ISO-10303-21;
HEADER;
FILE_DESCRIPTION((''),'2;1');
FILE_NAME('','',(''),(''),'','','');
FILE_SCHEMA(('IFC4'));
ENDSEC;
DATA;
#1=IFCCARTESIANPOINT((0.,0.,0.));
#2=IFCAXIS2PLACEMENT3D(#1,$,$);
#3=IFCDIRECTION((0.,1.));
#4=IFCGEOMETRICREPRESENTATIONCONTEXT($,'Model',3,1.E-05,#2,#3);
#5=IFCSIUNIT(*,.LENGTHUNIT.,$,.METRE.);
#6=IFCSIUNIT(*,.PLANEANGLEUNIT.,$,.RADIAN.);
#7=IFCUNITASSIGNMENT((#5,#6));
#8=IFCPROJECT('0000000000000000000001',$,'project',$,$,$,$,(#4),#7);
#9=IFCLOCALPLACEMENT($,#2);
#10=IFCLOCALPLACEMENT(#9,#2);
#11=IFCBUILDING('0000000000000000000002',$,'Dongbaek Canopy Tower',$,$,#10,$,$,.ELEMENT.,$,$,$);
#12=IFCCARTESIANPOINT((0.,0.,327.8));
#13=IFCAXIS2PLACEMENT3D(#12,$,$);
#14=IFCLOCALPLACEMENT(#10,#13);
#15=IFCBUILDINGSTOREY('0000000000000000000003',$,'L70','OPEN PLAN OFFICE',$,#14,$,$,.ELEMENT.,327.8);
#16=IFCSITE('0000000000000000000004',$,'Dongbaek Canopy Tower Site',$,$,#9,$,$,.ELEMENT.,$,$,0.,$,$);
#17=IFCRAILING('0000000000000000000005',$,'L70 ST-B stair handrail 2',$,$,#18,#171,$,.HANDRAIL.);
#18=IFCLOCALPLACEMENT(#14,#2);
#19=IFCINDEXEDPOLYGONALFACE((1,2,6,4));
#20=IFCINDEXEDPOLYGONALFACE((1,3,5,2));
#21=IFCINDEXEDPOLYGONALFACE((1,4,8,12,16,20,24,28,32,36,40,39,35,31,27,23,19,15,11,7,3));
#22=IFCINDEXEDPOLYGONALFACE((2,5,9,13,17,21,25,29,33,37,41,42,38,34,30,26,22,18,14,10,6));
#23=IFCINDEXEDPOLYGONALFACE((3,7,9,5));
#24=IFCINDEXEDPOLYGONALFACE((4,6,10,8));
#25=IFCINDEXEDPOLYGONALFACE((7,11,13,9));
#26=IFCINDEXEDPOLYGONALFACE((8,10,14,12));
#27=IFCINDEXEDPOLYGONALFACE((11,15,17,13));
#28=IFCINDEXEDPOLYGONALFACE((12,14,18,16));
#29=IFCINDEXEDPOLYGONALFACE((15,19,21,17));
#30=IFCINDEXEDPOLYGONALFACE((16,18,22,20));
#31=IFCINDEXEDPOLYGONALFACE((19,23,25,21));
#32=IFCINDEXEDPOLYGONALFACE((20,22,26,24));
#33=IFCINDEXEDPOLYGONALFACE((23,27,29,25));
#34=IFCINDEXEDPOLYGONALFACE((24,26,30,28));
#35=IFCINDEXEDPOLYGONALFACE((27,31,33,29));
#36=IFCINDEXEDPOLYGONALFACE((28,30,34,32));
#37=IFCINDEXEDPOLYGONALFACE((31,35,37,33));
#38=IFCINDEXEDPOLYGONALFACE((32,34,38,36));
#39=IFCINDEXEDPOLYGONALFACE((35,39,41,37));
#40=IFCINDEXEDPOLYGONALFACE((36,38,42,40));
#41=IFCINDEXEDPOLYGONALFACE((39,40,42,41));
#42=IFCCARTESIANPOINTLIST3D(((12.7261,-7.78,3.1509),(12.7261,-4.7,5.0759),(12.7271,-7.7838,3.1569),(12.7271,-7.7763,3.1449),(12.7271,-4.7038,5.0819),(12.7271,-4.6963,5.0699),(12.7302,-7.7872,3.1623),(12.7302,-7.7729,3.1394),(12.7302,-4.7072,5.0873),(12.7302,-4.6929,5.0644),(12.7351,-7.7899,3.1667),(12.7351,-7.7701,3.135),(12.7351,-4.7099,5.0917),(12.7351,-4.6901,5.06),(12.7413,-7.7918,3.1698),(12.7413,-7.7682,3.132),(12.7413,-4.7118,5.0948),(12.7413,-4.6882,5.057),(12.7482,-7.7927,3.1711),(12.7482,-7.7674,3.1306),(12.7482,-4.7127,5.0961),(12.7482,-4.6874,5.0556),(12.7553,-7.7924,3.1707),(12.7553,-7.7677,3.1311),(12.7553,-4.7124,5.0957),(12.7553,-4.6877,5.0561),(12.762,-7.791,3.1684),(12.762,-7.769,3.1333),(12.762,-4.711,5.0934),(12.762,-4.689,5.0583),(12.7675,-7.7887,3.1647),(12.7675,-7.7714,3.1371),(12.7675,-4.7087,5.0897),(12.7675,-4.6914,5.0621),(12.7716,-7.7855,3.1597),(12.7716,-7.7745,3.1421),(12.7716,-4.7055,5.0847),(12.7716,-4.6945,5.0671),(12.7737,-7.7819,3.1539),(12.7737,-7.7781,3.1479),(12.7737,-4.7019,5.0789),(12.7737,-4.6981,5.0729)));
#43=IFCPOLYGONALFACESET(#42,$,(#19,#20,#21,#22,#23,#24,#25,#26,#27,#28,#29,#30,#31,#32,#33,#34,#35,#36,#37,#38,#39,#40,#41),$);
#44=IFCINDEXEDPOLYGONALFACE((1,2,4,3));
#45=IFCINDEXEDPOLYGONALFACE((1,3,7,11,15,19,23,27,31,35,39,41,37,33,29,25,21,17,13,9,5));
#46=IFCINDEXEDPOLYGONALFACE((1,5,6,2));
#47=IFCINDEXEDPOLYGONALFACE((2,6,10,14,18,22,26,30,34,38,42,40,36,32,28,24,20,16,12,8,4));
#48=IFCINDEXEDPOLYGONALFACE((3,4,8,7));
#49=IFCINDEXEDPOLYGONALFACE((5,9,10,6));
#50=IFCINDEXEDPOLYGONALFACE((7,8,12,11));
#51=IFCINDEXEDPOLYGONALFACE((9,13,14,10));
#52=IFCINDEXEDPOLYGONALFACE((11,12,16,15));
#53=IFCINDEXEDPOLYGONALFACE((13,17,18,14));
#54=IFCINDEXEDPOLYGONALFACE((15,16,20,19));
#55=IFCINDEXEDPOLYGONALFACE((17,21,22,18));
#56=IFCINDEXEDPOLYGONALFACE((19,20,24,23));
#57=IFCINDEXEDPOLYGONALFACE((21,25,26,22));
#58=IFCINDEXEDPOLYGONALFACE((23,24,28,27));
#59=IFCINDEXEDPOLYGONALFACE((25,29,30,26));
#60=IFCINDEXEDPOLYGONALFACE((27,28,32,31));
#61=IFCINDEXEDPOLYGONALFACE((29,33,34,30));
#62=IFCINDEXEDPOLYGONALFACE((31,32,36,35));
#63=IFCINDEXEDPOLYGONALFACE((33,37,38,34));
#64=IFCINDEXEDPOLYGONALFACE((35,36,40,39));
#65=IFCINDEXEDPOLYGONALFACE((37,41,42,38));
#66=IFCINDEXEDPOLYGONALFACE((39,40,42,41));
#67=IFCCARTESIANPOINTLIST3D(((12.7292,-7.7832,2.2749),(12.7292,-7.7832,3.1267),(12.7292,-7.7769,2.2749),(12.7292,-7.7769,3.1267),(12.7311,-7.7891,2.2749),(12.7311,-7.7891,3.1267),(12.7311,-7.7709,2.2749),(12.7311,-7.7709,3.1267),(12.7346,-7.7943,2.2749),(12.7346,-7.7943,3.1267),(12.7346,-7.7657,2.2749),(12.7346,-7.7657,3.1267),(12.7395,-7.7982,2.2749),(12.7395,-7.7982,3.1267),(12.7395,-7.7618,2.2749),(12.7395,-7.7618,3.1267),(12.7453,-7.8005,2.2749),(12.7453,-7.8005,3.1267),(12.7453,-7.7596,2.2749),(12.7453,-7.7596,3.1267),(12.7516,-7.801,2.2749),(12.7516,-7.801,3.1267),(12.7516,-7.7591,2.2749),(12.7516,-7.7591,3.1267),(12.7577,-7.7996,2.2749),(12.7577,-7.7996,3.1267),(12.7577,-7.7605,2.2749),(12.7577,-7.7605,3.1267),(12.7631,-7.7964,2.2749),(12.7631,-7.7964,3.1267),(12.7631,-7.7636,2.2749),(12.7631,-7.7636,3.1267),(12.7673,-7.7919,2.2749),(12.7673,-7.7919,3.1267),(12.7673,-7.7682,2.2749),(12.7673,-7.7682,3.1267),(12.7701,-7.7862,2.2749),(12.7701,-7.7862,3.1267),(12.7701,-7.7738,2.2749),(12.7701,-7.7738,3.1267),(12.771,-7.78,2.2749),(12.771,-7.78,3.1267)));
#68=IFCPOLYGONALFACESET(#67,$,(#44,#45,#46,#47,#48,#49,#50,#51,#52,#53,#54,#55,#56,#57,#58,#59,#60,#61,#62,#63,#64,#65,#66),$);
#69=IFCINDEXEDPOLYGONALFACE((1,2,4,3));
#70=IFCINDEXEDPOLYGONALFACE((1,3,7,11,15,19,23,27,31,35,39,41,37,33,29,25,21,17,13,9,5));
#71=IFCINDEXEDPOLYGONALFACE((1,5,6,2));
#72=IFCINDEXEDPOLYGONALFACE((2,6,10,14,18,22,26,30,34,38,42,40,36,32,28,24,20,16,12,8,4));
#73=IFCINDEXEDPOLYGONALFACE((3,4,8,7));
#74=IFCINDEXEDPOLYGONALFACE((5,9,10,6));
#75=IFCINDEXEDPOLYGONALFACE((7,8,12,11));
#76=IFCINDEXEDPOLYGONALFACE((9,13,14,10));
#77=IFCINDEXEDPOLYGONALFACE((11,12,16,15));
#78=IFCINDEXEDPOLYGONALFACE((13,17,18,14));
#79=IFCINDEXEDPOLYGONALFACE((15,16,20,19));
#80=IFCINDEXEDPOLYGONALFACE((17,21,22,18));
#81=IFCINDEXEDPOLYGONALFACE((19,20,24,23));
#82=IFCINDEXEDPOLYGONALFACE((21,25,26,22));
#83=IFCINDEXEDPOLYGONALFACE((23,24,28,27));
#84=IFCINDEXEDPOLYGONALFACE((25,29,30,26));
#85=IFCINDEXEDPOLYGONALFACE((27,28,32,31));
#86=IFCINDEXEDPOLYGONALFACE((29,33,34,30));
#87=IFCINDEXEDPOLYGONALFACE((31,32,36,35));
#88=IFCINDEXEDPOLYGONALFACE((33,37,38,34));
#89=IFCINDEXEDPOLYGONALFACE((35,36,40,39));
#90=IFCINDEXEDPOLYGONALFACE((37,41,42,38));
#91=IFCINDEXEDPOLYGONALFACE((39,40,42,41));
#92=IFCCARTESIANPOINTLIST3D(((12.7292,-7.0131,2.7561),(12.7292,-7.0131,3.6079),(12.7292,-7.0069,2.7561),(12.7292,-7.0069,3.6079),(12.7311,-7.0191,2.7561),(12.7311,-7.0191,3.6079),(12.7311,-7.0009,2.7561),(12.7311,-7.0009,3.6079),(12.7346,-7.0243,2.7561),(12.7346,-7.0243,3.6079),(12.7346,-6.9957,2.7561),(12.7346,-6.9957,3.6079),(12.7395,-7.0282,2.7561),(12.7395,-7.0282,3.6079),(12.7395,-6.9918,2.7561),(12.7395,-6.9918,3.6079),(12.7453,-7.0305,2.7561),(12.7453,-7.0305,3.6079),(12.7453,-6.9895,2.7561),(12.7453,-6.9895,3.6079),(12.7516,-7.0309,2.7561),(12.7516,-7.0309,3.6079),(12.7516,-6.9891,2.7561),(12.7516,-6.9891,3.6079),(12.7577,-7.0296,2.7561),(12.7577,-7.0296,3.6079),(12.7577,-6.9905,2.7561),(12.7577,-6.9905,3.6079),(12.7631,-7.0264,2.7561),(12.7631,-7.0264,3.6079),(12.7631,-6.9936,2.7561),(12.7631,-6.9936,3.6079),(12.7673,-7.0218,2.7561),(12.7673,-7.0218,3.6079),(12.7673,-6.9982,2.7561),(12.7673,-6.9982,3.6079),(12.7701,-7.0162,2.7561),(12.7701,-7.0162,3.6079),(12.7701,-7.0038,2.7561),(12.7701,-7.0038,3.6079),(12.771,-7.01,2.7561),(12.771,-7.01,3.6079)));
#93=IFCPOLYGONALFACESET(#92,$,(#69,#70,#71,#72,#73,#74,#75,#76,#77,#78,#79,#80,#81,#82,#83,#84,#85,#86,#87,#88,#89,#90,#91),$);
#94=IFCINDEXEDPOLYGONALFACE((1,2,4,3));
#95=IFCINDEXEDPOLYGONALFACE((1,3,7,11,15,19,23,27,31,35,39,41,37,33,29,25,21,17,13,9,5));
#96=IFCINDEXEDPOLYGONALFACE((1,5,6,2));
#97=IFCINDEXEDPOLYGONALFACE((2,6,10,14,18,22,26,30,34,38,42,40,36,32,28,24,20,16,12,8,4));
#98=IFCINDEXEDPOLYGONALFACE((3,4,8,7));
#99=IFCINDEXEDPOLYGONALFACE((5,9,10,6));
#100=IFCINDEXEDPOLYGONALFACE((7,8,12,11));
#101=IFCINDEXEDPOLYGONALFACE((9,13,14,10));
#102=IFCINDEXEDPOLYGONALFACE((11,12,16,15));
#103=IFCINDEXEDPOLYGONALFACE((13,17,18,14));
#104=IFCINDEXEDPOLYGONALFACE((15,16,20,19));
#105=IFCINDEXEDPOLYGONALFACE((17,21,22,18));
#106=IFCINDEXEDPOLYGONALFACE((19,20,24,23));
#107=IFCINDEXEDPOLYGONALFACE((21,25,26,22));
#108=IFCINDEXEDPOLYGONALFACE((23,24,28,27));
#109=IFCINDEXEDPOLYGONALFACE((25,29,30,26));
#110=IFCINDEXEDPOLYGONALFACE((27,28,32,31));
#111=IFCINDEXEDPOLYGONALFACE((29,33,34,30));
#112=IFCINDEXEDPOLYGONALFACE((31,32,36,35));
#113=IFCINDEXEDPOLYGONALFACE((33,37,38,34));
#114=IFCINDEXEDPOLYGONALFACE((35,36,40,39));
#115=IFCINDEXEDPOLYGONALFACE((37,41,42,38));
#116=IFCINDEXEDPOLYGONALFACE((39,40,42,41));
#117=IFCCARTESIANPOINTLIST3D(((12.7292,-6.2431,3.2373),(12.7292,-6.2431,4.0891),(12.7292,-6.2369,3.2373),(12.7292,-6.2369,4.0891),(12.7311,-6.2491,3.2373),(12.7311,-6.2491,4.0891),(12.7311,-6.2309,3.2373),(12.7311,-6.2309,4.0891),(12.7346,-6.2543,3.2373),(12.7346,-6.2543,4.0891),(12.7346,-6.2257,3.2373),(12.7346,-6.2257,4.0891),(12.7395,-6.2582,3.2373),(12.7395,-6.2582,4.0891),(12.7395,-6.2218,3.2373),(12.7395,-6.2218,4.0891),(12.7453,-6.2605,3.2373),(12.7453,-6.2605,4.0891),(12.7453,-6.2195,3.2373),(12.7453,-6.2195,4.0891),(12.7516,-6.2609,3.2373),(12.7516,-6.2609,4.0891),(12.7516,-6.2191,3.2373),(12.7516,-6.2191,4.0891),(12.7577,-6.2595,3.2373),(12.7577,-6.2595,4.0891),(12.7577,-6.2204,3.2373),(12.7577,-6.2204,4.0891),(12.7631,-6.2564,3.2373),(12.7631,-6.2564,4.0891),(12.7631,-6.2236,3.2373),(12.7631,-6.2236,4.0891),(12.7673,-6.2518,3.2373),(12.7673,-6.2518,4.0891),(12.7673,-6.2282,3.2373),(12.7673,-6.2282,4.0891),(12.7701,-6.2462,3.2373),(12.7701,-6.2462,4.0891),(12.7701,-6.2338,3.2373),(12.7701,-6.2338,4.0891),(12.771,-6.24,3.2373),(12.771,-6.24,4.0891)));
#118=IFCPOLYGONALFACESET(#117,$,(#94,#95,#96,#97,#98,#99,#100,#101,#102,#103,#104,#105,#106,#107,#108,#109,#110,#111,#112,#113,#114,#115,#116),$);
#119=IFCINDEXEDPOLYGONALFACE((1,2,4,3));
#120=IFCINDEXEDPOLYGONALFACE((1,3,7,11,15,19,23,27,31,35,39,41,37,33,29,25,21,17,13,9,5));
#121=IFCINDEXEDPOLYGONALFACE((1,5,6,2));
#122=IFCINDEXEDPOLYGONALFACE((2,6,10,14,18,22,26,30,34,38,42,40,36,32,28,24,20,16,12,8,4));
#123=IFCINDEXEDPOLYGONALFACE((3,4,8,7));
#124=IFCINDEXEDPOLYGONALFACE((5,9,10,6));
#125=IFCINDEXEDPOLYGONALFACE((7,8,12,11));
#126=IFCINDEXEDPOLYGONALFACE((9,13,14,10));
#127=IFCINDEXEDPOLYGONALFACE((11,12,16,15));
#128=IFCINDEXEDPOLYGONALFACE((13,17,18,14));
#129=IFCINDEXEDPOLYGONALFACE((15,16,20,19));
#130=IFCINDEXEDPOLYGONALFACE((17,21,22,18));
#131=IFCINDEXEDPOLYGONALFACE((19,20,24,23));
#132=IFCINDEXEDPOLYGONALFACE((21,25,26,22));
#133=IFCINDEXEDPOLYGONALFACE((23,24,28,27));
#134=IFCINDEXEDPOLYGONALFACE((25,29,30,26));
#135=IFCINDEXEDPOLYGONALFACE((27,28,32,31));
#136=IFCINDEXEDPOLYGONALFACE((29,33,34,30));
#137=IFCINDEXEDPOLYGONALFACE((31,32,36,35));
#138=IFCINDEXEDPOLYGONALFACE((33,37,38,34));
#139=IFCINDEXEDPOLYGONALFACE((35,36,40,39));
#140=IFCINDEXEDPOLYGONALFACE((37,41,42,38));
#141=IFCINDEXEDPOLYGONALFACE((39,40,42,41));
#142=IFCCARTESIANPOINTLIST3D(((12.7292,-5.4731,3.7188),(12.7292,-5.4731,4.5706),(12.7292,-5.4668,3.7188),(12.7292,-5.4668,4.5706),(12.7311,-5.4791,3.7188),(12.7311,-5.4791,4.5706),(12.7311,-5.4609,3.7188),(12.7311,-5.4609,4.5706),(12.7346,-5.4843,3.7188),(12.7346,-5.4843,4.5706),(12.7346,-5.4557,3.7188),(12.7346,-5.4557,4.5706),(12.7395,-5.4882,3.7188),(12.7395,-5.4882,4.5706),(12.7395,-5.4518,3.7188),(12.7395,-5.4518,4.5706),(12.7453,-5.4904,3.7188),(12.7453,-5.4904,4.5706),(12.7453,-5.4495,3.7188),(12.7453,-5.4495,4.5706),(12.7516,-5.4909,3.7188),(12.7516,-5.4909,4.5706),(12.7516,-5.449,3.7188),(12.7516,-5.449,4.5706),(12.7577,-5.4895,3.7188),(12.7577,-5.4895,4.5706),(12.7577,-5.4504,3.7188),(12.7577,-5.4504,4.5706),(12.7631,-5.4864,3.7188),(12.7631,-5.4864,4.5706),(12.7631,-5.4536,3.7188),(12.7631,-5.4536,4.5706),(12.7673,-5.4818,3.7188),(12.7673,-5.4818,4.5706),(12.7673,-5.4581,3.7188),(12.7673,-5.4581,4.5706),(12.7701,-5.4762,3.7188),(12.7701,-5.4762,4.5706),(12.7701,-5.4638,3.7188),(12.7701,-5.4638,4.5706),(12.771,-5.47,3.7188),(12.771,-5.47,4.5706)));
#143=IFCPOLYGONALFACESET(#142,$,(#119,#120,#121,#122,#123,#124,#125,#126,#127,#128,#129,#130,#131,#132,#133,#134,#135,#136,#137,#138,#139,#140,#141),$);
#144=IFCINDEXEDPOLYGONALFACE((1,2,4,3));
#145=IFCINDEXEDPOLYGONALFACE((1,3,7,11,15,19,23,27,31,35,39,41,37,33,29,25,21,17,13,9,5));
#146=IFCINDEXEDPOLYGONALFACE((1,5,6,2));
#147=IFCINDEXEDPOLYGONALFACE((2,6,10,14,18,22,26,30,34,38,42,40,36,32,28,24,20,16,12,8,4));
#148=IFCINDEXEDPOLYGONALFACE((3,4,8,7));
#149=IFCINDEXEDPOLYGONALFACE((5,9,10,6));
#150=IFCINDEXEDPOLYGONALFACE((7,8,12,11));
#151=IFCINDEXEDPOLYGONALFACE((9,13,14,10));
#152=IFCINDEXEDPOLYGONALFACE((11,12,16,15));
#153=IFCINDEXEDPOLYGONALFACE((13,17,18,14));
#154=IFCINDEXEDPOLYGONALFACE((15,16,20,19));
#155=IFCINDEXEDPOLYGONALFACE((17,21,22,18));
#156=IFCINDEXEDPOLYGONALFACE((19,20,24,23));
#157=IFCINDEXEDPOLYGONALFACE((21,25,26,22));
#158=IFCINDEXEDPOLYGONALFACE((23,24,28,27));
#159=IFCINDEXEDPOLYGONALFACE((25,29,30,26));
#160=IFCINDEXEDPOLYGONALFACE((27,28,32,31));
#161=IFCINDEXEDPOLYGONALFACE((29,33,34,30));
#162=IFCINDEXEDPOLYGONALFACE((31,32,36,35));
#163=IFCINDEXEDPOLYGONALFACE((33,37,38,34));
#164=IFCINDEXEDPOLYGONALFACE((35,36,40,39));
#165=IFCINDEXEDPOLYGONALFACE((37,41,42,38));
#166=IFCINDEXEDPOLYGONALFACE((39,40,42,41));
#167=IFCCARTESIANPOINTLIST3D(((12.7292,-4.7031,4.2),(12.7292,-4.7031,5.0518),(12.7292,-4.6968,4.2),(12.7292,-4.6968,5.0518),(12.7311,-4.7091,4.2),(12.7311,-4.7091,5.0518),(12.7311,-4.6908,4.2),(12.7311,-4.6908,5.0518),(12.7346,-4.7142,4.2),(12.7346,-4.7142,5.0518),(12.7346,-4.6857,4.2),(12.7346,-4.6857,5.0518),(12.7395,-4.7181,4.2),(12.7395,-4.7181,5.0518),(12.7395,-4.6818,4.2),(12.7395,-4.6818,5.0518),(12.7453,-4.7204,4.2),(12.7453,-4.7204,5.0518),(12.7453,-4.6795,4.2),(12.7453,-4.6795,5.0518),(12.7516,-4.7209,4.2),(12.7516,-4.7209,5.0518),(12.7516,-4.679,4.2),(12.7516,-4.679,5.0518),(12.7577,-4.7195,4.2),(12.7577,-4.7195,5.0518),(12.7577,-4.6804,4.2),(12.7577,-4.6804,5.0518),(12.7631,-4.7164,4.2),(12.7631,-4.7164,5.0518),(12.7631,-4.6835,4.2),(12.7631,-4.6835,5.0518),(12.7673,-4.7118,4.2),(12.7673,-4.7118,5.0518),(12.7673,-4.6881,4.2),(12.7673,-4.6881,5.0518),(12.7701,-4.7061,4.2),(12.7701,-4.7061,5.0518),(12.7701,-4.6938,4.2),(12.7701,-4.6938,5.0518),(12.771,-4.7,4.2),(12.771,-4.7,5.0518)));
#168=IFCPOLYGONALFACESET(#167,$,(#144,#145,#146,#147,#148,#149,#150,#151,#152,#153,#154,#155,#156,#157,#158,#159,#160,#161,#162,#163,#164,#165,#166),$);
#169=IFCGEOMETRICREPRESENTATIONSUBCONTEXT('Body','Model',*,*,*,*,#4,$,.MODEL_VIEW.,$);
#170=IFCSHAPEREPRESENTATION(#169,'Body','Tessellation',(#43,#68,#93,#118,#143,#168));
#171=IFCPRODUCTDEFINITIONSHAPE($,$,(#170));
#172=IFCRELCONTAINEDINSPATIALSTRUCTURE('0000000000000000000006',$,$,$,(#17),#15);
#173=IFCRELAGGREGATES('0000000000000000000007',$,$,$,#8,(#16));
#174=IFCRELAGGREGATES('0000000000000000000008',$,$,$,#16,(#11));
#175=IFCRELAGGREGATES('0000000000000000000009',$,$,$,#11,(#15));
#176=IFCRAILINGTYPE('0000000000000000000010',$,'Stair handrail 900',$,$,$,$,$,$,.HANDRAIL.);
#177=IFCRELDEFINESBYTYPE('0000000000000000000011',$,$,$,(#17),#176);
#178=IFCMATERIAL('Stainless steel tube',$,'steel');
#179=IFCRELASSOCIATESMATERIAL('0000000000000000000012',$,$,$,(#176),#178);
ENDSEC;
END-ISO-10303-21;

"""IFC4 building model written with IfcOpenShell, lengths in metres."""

from ifc_helpers import new_model, si_unit, direction, frame, origin, origin_2d, place, context, subcontext, project, spatial, circle, extrude, material, type_object, element, save


model = new_model("IFC4")

# Units and contexts
model_context = context("Model", 3, precision=1e-05, world=origin(), true_north=direction((0.0, 1.0)))
body_context = subcontext(model_context, "Body", "Model", "MODEL_VIEW")
ifc_project = project(units=[si_unit("LENGTHUNIT", "METRE"), si_unit("PLANEANGLEUNIT", "RADIAN")], contexts=[model_context])

# Site, building, storey
site_placement = place(None, origin())
site = spatial("IfcSite", under=ifc_project, at=site_placement, Name="Dongbaek Canopy Tower Site", CompositionType="ELEMENT", RefElevation=0.0)
building_placement = place(site_placement, origin())
building = spatial("IfcBuilding", under=site, at=building_placement, Name="Dongbaek Canopy Tower", CompositionType="ELEMENT")
storey_placement = place(building_placement, frame((0.0, 0.0, 327.8)))
storey = spatial("IfcBuildingStorey", under=building, at=storey_placement, Name="L70", Description="OPEN PLAN OFFICE", CompositionType="ELEMENT", Elevation=327.8)

# Railing
ifc_material_1 = material(Name="Stainless steel tube", Category="steel")
railing_type_1 = type_object("IfcRailingType", Name="Stair handrail 900", PredefinedType="HANDRAIL", material=ifc_material_1)
railing_1_placement = place(storey_placement, frame((12.75, -7.78, 2.2749)))
element("IfcRailing", 1, at=railing_1_placement, inside=storey, type_object=railing_type_1, Name="L70 ST-B stair handrail 2", PredefinedType="HANDRAIL", context=body_context, shape_type="SweptSolid", body=[
    extrude(circle(Radius=0.0239, at=origin_2d()), frame((0.0, 0.0, 0.876), z_axis=(0.0, 0.847998, 0.529999), x_axis=(-1.0, 0.0, 0.0)), (0.0, 0.0, 1.0), 3.6321),
    extrude(circle(Radius=0.021, at=origin_2d()), origin(), (0.0, 0.0, 1.0), 0.8518),
    extrude(circle(Radius=0.021, at=origin_2d()), frame((0.0, 0.77, 0.4812)), (0.0, 0.0, 1.0), 0.8518),
    extrude(circle(Radius=0.021, at=origin_2d()), frame((0.0, 1.54, 0.9624)), (0.0, 0.0, 1.0), 0.8518),
    extrude(circle(Radius=0.021, at=origin_2d()), frame((0.0, 2.3101, 1.4438)), (0.0, 0.0, 1.0), 0.8518),
    extrude(circle(Radius=0.021, at=origin_2d()), frame((0.0, 3.0801, 1.925)), (0.0, 0.0, 1.0), 0.8518),
])

save(model, "model.ifc")
